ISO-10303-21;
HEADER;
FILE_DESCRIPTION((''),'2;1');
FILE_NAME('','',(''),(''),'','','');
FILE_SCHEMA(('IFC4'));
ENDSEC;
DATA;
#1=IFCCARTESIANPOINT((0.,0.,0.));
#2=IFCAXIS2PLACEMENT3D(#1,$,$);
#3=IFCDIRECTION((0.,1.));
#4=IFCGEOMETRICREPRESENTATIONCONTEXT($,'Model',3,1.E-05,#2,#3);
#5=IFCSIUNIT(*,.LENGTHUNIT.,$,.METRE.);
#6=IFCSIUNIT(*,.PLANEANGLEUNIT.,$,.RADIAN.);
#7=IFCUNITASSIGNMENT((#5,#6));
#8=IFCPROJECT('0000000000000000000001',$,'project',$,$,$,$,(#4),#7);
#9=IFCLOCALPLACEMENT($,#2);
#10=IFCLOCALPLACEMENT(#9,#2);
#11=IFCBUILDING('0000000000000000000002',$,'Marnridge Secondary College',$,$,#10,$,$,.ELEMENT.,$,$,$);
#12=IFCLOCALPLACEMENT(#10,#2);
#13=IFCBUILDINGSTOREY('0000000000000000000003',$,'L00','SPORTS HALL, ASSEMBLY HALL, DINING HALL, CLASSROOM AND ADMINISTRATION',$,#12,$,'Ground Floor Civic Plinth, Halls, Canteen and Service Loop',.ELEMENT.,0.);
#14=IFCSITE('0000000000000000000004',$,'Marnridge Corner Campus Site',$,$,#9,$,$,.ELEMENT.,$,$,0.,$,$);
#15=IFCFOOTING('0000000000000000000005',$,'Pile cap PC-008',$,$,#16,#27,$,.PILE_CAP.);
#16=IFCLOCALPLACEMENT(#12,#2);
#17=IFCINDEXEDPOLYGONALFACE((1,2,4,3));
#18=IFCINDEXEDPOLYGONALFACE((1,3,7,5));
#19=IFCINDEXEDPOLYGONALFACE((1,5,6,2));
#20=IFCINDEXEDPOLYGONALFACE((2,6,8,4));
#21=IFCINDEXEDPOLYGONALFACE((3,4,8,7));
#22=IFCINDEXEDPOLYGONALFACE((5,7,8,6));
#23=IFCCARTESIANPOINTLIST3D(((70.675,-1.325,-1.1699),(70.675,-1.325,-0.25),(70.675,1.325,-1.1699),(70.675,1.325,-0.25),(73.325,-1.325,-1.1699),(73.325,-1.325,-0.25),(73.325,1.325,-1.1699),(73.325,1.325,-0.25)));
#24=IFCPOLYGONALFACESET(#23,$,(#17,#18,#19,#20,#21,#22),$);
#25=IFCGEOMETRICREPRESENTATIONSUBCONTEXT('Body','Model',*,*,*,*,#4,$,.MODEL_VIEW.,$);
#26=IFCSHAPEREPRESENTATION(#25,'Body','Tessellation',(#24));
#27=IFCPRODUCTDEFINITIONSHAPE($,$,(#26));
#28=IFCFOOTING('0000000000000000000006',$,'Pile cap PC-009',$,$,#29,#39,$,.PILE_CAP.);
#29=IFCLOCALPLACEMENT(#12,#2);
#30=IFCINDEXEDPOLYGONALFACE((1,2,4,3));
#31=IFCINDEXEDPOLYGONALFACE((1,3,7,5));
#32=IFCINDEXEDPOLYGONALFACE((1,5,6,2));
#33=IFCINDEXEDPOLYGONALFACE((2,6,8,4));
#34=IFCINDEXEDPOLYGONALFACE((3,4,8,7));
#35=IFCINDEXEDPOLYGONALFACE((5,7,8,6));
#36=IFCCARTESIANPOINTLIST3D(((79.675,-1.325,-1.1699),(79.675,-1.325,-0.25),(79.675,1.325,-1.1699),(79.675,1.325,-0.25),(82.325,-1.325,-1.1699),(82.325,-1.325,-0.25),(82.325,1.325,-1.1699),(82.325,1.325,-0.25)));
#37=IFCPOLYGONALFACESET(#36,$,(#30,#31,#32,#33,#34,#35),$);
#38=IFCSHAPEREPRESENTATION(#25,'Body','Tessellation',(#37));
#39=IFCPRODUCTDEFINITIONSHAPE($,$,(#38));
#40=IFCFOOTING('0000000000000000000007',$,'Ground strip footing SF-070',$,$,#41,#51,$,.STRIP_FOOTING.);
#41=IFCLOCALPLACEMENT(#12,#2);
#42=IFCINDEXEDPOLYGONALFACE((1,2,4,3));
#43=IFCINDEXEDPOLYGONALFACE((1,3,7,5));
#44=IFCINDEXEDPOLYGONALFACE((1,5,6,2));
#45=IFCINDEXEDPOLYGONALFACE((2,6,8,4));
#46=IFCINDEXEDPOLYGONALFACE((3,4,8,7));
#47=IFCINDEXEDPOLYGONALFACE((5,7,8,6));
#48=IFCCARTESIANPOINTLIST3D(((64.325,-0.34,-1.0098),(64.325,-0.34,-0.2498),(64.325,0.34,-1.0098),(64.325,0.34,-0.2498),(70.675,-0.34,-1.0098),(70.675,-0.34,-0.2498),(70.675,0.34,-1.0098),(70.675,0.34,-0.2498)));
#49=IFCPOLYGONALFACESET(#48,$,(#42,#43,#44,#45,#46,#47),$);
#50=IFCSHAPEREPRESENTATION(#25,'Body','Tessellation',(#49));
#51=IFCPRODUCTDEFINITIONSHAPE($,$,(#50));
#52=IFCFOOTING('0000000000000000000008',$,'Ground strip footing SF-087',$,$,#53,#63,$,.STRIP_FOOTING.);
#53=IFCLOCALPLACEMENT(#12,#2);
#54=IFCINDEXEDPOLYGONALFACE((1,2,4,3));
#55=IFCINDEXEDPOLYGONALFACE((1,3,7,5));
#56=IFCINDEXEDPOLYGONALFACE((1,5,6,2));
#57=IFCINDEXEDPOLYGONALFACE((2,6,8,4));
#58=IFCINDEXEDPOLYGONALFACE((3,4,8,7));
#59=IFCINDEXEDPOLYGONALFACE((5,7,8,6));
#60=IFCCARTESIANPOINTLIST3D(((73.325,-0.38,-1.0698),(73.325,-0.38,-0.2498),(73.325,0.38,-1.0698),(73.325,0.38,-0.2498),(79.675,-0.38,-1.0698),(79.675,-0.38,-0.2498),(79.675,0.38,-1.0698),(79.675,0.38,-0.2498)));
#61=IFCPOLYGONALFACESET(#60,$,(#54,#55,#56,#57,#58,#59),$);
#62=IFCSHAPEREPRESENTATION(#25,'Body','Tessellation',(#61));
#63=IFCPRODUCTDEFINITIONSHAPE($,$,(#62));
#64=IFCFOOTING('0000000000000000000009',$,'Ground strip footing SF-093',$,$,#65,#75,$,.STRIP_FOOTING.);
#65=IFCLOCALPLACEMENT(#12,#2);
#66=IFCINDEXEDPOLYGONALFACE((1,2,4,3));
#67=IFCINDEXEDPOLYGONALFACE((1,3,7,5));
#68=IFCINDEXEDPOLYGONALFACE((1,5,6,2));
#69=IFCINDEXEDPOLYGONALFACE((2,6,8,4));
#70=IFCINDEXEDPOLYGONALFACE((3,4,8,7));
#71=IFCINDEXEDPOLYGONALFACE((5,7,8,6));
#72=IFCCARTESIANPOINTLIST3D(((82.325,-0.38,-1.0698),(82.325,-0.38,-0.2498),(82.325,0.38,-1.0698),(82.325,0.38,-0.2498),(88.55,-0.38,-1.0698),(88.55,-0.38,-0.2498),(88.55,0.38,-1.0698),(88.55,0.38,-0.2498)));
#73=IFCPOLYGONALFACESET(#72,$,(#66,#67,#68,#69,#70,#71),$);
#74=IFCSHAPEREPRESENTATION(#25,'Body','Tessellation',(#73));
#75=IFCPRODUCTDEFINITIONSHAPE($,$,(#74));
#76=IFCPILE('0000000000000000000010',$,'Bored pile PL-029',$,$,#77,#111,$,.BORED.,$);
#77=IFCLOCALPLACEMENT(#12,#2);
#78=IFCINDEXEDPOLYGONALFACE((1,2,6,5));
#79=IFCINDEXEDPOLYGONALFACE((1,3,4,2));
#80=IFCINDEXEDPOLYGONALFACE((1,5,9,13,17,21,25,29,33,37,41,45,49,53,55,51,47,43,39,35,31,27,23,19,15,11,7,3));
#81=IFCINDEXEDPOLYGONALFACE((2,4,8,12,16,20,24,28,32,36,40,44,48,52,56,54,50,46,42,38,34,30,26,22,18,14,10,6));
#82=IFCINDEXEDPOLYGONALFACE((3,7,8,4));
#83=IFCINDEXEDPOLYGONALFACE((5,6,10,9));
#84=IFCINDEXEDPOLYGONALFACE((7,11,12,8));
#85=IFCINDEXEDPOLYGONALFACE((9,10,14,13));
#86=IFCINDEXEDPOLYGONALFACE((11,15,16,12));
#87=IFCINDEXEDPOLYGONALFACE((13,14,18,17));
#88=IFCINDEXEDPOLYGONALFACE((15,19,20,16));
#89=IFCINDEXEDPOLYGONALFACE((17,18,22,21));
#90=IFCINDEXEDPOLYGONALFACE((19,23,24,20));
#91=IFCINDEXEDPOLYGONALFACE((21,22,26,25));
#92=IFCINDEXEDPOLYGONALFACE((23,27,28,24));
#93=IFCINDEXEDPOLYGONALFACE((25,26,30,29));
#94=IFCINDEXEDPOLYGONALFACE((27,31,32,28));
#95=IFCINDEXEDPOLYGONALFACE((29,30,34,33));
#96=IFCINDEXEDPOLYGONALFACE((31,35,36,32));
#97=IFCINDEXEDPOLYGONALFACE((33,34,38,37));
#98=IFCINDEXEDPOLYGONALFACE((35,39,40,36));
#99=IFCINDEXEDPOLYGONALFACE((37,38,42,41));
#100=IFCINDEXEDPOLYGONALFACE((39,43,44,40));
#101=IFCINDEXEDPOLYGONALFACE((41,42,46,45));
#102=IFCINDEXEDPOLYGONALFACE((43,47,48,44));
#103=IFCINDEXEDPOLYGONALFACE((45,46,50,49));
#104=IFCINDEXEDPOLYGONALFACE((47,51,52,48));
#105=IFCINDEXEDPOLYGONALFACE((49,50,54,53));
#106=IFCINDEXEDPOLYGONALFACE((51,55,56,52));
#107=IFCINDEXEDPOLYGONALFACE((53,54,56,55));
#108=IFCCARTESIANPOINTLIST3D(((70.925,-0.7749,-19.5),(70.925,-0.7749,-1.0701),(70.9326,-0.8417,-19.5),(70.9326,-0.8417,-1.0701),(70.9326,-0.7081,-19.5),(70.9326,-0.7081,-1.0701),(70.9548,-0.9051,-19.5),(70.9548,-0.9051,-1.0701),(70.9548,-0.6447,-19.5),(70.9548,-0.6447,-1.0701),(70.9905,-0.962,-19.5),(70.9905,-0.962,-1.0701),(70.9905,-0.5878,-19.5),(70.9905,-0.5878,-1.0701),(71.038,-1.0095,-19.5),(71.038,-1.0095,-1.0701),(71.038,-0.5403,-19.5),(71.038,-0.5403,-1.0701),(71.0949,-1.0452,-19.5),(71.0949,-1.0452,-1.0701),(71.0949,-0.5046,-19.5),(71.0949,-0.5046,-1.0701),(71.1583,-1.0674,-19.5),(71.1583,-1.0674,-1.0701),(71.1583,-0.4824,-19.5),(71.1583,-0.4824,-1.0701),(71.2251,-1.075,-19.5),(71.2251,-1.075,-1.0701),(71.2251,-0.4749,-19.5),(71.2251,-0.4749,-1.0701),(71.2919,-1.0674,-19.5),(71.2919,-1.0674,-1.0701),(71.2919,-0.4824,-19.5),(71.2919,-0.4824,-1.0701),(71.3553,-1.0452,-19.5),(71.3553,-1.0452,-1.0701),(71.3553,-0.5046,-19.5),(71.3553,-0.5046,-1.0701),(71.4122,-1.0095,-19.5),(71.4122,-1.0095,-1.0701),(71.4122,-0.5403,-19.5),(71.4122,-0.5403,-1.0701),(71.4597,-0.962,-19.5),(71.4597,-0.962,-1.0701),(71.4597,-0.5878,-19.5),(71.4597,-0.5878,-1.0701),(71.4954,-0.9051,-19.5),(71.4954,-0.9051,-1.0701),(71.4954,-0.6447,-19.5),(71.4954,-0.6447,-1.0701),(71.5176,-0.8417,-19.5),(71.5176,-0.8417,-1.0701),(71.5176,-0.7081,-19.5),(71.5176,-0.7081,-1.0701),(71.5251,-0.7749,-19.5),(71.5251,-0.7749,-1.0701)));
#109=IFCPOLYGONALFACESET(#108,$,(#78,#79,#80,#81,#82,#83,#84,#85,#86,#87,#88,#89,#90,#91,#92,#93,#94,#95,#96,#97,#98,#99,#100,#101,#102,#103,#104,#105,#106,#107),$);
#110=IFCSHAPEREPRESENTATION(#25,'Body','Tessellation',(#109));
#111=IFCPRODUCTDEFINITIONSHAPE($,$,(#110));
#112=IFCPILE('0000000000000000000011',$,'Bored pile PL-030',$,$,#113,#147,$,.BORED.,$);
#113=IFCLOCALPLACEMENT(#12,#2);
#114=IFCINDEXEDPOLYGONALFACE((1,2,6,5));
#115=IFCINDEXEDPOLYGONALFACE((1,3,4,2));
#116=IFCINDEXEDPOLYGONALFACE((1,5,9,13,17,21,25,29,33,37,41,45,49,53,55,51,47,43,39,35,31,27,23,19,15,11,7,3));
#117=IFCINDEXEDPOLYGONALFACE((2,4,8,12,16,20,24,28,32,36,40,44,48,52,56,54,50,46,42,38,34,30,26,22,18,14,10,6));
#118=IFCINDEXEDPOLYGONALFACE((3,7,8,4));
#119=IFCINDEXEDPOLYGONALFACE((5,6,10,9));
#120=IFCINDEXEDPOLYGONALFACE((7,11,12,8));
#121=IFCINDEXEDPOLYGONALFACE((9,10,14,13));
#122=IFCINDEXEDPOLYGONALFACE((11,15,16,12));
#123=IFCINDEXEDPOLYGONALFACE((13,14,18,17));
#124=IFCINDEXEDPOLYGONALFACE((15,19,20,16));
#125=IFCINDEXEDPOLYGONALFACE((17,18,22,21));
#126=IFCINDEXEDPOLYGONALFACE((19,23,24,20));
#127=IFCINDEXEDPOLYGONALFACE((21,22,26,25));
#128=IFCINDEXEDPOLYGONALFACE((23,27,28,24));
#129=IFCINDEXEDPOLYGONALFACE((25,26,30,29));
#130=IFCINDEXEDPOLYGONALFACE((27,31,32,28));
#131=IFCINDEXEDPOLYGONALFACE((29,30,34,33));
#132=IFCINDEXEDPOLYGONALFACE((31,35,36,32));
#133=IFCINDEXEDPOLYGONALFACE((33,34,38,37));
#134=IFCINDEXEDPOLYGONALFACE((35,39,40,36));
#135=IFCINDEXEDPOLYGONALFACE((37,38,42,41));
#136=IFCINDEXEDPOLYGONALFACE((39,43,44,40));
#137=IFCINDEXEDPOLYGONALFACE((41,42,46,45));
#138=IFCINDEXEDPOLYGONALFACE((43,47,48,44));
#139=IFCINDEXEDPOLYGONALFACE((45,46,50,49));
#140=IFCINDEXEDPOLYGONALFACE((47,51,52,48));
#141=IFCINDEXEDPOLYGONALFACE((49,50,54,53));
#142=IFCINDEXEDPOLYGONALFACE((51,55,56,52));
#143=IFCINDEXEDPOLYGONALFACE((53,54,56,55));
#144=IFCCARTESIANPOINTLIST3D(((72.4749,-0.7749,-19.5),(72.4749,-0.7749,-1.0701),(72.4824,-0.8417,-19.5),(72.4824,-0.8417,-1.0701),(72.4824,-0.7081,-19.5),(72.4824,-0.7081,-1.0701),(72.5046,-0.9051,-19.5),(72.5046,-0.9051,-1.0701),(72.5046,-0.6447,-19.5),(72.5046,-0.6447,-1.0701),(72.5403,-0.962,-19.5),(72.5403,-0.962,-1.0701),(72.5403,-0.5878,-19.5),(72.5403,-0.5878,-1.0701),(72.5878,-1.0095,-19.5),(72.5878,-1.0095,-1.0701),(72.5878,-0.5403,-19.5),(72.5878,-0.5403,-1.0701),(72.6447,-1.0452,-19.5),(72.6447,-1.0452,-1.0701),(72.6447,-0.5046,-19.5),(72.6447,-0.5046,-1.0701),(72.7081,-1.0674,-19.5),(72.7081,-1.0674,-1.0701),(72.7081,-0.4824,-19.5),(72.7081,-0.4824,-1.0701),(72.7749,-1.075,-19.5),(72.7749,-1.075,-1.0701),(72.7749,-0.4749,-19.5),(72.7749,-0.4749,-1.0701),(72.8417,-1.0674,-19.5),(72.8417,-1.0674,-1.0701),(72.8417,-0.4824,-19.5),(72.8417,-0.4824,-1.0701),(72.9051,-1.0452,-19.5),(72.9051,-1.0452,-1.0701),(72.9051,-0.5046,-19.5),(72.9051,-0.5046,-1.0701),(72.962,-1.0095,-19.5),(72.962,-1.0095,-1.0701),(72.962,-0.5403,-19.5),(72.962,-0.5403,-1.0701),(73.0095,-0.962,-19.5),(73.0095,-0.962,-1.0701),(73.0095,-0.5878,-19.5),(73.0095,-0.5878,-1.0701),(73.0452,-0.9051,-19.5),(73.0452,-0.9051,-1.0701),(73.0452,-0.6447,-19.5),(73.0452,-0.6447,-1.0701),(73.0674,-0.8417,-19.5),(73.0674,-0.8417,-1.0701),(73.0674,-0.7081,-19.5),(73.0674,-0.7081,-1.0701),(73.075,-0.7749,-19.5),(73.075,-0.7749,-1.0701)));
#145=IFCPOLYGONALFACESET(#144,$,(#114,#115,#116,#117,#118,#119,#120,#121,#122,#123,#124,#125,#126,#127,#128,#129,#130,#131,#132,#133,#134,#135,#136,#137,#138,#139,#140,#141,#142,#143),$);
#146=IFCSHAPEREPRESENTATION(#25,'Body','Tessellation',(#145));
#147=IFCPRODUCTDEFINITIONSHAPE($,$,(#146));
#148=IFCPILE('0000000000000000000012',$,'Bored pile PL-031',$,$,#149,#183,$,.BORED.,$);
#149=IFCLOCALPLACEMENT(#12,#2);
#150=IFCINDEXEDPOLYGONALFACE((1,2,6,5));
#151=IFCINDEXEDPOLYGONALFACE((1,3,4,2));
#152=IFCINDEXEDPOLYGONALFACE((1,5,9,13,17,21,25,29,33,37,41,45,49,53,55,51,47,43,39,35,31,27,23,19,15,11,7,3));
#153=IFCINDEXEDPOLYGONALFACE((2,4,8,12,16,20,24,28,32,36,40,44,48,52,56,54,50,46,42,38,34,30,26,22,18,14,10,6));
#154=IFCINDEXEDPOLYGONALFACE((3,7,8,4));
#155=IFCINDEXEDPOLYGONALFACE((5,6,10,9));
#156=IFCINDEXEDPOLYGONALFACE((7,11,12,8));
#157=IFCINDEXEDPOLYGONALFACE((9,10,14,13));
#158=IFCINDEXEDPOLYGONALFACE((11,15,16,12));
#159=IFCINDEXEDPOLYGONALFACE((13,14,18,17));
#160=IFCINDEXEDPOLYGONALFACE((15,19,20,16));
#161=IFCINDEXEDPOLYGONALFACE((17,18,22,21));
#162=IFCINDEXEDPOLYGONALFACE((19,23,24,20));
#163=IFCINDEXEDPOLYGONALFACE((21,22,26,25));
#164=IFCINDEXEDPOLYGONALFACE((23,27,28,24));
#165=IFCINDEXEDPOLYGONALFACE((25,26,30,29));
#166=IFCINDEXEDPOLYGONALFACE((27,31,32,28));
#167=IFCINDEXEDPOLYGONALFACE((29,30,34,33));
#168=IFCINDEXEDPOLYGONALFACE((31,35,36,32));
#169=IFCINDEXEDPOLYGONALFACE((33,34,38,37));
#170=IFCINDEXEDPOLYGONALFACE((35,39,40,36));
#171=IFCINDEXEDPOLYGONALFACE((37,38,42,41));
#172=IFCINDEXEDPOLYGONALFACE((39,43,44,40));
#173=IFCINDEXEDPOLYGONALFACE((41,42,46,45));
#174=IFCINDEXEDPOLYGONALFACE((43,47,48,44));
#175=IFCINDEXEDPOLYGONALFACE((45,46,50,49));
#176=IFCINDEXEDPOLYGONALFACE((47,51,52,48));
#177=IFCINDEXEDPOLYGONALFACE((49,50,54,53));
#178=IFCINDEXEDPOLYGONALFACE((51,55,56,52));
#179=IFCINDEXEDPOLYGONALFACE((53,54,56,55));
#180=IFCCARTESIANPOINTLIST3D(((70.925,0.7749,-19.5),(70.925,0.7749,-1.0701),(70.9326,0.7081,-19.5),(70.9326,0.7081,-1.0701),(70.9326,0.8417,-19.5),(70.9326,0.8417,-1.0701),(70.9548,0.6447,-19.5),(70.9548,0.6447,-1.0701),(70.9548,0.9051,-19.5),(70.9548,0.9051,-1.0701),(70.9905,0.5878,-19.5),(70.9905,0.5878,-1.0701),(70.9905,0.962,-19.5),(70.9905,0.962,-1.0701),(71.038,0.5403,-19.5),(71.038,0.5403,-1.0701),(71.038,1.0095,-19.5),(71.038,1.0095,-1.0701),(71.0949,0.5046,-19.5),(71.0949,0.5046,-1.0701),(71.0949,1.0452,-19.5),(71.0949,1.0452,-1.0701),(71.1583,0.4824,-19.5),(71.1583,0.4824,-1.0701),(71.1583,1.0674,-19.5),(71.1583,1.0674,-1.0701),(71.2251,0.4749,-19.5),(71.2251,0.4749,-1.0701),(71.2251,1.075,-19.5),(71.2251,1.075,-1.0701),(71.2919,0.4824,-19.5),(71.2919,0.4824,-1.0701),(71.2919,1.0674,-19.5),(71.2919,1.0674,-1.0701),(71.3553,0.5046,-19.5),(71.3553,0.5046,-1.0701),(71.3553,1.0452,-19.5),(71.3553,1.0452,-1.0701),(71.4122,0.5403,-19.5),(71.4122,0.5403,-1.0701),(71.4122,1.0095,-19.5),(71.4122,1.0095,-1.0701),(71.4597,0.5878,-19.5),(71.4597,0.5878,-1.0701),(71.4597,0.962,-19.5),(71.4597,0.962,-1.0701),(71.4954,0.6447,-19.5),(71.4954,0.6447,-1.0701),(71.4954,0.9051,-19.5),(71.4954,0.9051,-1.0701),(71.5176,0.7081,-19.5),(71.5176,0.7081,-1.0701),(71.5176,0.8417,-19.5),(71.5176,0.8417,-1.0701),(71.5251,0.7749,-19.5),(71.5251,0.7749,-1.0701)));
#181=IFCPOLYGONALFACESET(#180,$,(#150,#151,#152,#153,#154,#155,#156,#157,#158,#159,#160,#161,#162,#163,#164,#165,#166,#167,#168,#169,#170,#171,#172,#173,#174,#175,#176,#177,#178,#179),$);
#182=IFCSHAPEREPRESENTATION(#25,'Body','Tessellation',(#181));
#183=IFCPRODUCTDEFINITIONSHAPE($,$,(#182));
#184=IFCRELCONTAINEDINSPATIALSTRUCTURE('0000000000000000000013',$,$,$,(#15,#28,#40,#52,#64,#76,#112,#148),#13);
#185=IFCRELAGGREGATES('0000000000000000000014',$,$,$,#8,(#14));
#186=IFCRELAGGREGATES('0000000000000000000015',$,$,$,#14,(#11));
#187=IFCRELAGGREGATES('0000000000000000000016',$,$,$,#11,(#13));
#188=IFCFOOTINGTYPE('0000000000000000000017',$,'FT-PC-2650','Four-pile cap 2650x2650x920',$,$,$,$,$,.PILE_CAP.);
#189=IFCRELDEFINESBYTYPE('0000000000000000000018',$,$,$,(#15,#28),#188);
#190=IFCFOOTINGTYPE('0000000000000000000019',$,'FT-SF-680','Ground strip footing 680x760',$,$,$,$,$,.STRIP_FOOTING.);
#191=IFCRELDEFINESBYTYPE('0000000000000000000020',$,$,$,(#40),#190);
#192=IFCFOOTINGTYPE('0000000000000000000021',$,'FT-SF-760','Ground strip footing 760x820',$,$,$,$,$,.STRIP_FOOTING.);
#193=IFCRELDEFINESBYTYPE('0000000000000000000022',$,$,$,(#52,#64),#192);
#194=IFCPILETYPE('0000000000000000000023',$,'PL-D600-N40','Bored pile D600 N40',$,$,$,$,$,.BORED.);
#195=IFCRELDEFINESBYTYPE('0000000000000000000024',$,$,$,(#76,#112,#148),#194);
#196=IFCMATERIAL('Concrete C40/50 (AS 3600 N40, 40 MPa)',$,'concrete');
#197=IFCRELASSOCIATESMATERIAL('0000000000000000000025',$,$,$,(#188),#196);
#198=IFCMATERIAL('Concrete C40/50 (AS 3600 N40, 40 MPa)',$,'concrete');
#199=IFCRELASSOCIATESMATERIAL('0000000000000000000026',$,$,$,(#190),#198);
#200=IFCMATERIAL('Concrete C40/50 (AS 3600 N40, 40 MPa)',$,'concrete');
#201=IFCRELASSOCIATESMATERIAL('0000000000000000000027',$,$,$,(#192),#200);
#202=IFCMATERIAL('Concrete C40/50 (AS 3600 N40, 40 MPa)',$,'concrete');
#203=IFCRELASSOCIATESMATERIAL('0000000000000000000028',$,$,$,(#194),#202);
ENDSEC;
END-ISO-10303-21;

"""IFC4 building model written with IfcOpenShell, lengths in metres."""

from ifc_helpers import new_model, si_unit, direction, frame, origin, origin_2d, place, context, subcontext, project, spatial, rectangle, circle, extrude, material, material_profile, profile_set, type_object, element, save


model = new_model("IFC4")

# Units and contexts
model_context = context("Model", 3, precision=1e-05, world=origin(), true_north=direction((0.0, 1.0)))
body_context = subcontext(model_context, "Body", "Model", "MODEL_VIEW")
ifc_project = project(units=[si_unit("LENGTHUNIT", "METRE"), si_unit("PLANEANGLEUNIT", "RADIAN")], contexts=[model_context])

# Site, building, storey
site_placement = place(None, origin())
site = spatial("IfcSite", under=ifc_project, at=site_placement, Name="Marnridge Corner Campus Site", CompositionType="ELEMENT", RefElevation=0.0)
building_placement = place(site_placement, origin())
building = spatial("IfcBuilding", under=site, at=building_placement, Name="Marnridge Secondary College", CompositionType="ELEMENT")
storey_placement = place(building_placement, origin())
storey = spatial("IfcBuildingStorey", under=building, at=storey_placement, Name="L00", Description="SPORTS HALL, ASSEMBLY HALL, DINING HALL, CLASSROOM AND ADMINISTRATION", LongName="Ground Floor Civic Plinth, Halls, Canteen and Service Loop", CompositionType="ELEMENT", Elevation=0.0)

# Footings
ifc_material_1 = material(Name="Concrete C40/50 (AS 3600 N40, 40 MPa)", Category="concrete")
footing_type_1 = type_object("IfcFootingType", Name="FT-PC-2650", Description="Four-pile cap 2650x2650x920", PredefinedType="PILE_CAP", material=ifc_material_1)
for number, where, z_axis, x_axis, name in (
    (1, (72.0, 0.0, -1.1699), (0.0, 0.0, 1.0), (1.0, 0.0, 0.0), "Pile cap PC-008"),
    (2, (81.0, 0.0, -1.1699), (0.0, 0.0, 1.0), (1.0, 0.0, 0.0), "Pile cap PC-009"),
):
    element("IfcFooting", number, at=place(storey_placement, frame(where, z_axis=z_axis, x_axis=x_axis)), inside=storey, type_object=footing_type_1, Name=name, PredefinedType="PILE_CAP", context=body_context, shape_type="SweptSolid", body=[
        extrude(rectangle(XDim=2.6499, YDim=2.6499, at=origin_2d()), origin(), (0.0, 0.0, 1.0), 0.9199),
    ])
ifc_material_2 = material(Name="Concrete C40/50 (AS 3600 N40, 40 MPa)", Category="concrete")
footing_type_2 = type_object("IfcFootingType", Name="FT-SF-680", Description="Ground strip footing 680x760", PredefinedType="STRIP_FOOTING", material=ifc_material_2)
footing_1_placement = place(storey_placement, frame((67.5, 0.0, -1.0098), z_axis=(0.0, 0.0, 1.0), x_axis=(1.0, 0.0, 0.0)))
element("IfcFooting", 3, at=footing_1_placement, inside=storey, type_object=footing_type_2, Name="Ground strip footing SF-070", PredefinedType="STRIP_FOOTING", context=body_context, shape_type="SweptSolid", body=[
    extrude(rectangle(XDim=6.3501, YDim=0.6799, at=origin_2d()), origin(), (0.0, 0.0, 1.0), 0.76),
])
ifc_material_3 = material(Name="Concrete C40/50 (AS 3600 N40, 40 MPa)", Category="concrete")
footing_type_3 = type_object("IfcFootingType", Name="FT-SF-760", Description="Ground strip footing 760x820", PredefinedType="STRIP_FOOTING", material=ifc_material_3)
footing_2_placement = place(storey_placement, frame((76.5, 0.0, -1.0698), z_axis=(0.0, 0.0, 1.0), x_axis=(1.0, 0.0, 0.0)))
element("IfcFooting", 4, at=footing_2_placement, inside=storey, type_object=footing_type_3, Name="Ground strip footing SF-087", PredefinedType="STRIP_FOOTING", context=body_context, shape_type="SweptSolid", body=[
    extrude(rectangle(XDim=6.3501, YDim=0.76, at=origin_2d()), origin(), (0.0, 0.0, 1.0), 0.8201),
])
footing_3_placement = place(storey_placement, frame((85.4375, 0.0, -1.0698), z_axis=(0.0, 0.0, 1.0), x_axis=(1.0, 0.0, 0.0)))
element("IfcFooting", 5, at=footing_3_placement, inside=storey, type_object=footing_type_3, Name="Ground strip footing SF-093", PredefinedType="STRIP_FOOTING", context=body_context, shape_type="SweptSolid", body=[
    extrude(rectangle(XDim=6.2251, YDim=0.76, at=origin_2d()), origin(), (0.0, 0.0, 1.0), 0.8201),
])

# Piles
ifc_material_4 = material(Name="Concrete C40/50 (AS 3600 N40, 40 MPa)", Category="concrete")
ifc_material_profile_1 = material_profile(ifc_material_4, circle(Radius=0.3, at=origin_2d()), Name="PILE D600")
ifc_profile_set_1 = profile_set([ifc_material_profile_1], Name="Concrete C40/50 (AS 3600 N40, 40 MPa)")
pile_type = type_object("IfcPileType", Name="PL-D600-N40", Description="Bored pile D600 N40", PredefinedType="BORED", material=ifc_profile_set_1)
for number, where, z_axis, x_axis, name in (
    (6, (71.2251, -0.7749, -1.0701), (0.0, 0.0, -1.0), (1.0, 0.0, 0.0), "Bored pile PL-029"),
    (7, (72.7749, -0.7749, -1.0701), (0.0, 0.0, -1.0), (1.0, 0.0, 0.0), "Bored pile PL-030"),
    (8, (71.2251, 0.7749, -1.0701), (0.0, 0.0, -1.0), (1.0, 0.0, 0.0), "Bored pile PL-031"),
):
    element("IfcPile", number, at=place(storey_placement, frame(where, z_axis=z_axis, x_axis=x_axis)), inside=storey, type_object=pile_type, Name=name, PredefinedType="BORED", context=body_context, shape_type="SweptSolid", body=[
        extrude(circle(Radius=0.3, at=origin_2d()), origin(), (0.0, 0.0, 1.0), 18.4299),
    ])

save(model, "model.ifc")
